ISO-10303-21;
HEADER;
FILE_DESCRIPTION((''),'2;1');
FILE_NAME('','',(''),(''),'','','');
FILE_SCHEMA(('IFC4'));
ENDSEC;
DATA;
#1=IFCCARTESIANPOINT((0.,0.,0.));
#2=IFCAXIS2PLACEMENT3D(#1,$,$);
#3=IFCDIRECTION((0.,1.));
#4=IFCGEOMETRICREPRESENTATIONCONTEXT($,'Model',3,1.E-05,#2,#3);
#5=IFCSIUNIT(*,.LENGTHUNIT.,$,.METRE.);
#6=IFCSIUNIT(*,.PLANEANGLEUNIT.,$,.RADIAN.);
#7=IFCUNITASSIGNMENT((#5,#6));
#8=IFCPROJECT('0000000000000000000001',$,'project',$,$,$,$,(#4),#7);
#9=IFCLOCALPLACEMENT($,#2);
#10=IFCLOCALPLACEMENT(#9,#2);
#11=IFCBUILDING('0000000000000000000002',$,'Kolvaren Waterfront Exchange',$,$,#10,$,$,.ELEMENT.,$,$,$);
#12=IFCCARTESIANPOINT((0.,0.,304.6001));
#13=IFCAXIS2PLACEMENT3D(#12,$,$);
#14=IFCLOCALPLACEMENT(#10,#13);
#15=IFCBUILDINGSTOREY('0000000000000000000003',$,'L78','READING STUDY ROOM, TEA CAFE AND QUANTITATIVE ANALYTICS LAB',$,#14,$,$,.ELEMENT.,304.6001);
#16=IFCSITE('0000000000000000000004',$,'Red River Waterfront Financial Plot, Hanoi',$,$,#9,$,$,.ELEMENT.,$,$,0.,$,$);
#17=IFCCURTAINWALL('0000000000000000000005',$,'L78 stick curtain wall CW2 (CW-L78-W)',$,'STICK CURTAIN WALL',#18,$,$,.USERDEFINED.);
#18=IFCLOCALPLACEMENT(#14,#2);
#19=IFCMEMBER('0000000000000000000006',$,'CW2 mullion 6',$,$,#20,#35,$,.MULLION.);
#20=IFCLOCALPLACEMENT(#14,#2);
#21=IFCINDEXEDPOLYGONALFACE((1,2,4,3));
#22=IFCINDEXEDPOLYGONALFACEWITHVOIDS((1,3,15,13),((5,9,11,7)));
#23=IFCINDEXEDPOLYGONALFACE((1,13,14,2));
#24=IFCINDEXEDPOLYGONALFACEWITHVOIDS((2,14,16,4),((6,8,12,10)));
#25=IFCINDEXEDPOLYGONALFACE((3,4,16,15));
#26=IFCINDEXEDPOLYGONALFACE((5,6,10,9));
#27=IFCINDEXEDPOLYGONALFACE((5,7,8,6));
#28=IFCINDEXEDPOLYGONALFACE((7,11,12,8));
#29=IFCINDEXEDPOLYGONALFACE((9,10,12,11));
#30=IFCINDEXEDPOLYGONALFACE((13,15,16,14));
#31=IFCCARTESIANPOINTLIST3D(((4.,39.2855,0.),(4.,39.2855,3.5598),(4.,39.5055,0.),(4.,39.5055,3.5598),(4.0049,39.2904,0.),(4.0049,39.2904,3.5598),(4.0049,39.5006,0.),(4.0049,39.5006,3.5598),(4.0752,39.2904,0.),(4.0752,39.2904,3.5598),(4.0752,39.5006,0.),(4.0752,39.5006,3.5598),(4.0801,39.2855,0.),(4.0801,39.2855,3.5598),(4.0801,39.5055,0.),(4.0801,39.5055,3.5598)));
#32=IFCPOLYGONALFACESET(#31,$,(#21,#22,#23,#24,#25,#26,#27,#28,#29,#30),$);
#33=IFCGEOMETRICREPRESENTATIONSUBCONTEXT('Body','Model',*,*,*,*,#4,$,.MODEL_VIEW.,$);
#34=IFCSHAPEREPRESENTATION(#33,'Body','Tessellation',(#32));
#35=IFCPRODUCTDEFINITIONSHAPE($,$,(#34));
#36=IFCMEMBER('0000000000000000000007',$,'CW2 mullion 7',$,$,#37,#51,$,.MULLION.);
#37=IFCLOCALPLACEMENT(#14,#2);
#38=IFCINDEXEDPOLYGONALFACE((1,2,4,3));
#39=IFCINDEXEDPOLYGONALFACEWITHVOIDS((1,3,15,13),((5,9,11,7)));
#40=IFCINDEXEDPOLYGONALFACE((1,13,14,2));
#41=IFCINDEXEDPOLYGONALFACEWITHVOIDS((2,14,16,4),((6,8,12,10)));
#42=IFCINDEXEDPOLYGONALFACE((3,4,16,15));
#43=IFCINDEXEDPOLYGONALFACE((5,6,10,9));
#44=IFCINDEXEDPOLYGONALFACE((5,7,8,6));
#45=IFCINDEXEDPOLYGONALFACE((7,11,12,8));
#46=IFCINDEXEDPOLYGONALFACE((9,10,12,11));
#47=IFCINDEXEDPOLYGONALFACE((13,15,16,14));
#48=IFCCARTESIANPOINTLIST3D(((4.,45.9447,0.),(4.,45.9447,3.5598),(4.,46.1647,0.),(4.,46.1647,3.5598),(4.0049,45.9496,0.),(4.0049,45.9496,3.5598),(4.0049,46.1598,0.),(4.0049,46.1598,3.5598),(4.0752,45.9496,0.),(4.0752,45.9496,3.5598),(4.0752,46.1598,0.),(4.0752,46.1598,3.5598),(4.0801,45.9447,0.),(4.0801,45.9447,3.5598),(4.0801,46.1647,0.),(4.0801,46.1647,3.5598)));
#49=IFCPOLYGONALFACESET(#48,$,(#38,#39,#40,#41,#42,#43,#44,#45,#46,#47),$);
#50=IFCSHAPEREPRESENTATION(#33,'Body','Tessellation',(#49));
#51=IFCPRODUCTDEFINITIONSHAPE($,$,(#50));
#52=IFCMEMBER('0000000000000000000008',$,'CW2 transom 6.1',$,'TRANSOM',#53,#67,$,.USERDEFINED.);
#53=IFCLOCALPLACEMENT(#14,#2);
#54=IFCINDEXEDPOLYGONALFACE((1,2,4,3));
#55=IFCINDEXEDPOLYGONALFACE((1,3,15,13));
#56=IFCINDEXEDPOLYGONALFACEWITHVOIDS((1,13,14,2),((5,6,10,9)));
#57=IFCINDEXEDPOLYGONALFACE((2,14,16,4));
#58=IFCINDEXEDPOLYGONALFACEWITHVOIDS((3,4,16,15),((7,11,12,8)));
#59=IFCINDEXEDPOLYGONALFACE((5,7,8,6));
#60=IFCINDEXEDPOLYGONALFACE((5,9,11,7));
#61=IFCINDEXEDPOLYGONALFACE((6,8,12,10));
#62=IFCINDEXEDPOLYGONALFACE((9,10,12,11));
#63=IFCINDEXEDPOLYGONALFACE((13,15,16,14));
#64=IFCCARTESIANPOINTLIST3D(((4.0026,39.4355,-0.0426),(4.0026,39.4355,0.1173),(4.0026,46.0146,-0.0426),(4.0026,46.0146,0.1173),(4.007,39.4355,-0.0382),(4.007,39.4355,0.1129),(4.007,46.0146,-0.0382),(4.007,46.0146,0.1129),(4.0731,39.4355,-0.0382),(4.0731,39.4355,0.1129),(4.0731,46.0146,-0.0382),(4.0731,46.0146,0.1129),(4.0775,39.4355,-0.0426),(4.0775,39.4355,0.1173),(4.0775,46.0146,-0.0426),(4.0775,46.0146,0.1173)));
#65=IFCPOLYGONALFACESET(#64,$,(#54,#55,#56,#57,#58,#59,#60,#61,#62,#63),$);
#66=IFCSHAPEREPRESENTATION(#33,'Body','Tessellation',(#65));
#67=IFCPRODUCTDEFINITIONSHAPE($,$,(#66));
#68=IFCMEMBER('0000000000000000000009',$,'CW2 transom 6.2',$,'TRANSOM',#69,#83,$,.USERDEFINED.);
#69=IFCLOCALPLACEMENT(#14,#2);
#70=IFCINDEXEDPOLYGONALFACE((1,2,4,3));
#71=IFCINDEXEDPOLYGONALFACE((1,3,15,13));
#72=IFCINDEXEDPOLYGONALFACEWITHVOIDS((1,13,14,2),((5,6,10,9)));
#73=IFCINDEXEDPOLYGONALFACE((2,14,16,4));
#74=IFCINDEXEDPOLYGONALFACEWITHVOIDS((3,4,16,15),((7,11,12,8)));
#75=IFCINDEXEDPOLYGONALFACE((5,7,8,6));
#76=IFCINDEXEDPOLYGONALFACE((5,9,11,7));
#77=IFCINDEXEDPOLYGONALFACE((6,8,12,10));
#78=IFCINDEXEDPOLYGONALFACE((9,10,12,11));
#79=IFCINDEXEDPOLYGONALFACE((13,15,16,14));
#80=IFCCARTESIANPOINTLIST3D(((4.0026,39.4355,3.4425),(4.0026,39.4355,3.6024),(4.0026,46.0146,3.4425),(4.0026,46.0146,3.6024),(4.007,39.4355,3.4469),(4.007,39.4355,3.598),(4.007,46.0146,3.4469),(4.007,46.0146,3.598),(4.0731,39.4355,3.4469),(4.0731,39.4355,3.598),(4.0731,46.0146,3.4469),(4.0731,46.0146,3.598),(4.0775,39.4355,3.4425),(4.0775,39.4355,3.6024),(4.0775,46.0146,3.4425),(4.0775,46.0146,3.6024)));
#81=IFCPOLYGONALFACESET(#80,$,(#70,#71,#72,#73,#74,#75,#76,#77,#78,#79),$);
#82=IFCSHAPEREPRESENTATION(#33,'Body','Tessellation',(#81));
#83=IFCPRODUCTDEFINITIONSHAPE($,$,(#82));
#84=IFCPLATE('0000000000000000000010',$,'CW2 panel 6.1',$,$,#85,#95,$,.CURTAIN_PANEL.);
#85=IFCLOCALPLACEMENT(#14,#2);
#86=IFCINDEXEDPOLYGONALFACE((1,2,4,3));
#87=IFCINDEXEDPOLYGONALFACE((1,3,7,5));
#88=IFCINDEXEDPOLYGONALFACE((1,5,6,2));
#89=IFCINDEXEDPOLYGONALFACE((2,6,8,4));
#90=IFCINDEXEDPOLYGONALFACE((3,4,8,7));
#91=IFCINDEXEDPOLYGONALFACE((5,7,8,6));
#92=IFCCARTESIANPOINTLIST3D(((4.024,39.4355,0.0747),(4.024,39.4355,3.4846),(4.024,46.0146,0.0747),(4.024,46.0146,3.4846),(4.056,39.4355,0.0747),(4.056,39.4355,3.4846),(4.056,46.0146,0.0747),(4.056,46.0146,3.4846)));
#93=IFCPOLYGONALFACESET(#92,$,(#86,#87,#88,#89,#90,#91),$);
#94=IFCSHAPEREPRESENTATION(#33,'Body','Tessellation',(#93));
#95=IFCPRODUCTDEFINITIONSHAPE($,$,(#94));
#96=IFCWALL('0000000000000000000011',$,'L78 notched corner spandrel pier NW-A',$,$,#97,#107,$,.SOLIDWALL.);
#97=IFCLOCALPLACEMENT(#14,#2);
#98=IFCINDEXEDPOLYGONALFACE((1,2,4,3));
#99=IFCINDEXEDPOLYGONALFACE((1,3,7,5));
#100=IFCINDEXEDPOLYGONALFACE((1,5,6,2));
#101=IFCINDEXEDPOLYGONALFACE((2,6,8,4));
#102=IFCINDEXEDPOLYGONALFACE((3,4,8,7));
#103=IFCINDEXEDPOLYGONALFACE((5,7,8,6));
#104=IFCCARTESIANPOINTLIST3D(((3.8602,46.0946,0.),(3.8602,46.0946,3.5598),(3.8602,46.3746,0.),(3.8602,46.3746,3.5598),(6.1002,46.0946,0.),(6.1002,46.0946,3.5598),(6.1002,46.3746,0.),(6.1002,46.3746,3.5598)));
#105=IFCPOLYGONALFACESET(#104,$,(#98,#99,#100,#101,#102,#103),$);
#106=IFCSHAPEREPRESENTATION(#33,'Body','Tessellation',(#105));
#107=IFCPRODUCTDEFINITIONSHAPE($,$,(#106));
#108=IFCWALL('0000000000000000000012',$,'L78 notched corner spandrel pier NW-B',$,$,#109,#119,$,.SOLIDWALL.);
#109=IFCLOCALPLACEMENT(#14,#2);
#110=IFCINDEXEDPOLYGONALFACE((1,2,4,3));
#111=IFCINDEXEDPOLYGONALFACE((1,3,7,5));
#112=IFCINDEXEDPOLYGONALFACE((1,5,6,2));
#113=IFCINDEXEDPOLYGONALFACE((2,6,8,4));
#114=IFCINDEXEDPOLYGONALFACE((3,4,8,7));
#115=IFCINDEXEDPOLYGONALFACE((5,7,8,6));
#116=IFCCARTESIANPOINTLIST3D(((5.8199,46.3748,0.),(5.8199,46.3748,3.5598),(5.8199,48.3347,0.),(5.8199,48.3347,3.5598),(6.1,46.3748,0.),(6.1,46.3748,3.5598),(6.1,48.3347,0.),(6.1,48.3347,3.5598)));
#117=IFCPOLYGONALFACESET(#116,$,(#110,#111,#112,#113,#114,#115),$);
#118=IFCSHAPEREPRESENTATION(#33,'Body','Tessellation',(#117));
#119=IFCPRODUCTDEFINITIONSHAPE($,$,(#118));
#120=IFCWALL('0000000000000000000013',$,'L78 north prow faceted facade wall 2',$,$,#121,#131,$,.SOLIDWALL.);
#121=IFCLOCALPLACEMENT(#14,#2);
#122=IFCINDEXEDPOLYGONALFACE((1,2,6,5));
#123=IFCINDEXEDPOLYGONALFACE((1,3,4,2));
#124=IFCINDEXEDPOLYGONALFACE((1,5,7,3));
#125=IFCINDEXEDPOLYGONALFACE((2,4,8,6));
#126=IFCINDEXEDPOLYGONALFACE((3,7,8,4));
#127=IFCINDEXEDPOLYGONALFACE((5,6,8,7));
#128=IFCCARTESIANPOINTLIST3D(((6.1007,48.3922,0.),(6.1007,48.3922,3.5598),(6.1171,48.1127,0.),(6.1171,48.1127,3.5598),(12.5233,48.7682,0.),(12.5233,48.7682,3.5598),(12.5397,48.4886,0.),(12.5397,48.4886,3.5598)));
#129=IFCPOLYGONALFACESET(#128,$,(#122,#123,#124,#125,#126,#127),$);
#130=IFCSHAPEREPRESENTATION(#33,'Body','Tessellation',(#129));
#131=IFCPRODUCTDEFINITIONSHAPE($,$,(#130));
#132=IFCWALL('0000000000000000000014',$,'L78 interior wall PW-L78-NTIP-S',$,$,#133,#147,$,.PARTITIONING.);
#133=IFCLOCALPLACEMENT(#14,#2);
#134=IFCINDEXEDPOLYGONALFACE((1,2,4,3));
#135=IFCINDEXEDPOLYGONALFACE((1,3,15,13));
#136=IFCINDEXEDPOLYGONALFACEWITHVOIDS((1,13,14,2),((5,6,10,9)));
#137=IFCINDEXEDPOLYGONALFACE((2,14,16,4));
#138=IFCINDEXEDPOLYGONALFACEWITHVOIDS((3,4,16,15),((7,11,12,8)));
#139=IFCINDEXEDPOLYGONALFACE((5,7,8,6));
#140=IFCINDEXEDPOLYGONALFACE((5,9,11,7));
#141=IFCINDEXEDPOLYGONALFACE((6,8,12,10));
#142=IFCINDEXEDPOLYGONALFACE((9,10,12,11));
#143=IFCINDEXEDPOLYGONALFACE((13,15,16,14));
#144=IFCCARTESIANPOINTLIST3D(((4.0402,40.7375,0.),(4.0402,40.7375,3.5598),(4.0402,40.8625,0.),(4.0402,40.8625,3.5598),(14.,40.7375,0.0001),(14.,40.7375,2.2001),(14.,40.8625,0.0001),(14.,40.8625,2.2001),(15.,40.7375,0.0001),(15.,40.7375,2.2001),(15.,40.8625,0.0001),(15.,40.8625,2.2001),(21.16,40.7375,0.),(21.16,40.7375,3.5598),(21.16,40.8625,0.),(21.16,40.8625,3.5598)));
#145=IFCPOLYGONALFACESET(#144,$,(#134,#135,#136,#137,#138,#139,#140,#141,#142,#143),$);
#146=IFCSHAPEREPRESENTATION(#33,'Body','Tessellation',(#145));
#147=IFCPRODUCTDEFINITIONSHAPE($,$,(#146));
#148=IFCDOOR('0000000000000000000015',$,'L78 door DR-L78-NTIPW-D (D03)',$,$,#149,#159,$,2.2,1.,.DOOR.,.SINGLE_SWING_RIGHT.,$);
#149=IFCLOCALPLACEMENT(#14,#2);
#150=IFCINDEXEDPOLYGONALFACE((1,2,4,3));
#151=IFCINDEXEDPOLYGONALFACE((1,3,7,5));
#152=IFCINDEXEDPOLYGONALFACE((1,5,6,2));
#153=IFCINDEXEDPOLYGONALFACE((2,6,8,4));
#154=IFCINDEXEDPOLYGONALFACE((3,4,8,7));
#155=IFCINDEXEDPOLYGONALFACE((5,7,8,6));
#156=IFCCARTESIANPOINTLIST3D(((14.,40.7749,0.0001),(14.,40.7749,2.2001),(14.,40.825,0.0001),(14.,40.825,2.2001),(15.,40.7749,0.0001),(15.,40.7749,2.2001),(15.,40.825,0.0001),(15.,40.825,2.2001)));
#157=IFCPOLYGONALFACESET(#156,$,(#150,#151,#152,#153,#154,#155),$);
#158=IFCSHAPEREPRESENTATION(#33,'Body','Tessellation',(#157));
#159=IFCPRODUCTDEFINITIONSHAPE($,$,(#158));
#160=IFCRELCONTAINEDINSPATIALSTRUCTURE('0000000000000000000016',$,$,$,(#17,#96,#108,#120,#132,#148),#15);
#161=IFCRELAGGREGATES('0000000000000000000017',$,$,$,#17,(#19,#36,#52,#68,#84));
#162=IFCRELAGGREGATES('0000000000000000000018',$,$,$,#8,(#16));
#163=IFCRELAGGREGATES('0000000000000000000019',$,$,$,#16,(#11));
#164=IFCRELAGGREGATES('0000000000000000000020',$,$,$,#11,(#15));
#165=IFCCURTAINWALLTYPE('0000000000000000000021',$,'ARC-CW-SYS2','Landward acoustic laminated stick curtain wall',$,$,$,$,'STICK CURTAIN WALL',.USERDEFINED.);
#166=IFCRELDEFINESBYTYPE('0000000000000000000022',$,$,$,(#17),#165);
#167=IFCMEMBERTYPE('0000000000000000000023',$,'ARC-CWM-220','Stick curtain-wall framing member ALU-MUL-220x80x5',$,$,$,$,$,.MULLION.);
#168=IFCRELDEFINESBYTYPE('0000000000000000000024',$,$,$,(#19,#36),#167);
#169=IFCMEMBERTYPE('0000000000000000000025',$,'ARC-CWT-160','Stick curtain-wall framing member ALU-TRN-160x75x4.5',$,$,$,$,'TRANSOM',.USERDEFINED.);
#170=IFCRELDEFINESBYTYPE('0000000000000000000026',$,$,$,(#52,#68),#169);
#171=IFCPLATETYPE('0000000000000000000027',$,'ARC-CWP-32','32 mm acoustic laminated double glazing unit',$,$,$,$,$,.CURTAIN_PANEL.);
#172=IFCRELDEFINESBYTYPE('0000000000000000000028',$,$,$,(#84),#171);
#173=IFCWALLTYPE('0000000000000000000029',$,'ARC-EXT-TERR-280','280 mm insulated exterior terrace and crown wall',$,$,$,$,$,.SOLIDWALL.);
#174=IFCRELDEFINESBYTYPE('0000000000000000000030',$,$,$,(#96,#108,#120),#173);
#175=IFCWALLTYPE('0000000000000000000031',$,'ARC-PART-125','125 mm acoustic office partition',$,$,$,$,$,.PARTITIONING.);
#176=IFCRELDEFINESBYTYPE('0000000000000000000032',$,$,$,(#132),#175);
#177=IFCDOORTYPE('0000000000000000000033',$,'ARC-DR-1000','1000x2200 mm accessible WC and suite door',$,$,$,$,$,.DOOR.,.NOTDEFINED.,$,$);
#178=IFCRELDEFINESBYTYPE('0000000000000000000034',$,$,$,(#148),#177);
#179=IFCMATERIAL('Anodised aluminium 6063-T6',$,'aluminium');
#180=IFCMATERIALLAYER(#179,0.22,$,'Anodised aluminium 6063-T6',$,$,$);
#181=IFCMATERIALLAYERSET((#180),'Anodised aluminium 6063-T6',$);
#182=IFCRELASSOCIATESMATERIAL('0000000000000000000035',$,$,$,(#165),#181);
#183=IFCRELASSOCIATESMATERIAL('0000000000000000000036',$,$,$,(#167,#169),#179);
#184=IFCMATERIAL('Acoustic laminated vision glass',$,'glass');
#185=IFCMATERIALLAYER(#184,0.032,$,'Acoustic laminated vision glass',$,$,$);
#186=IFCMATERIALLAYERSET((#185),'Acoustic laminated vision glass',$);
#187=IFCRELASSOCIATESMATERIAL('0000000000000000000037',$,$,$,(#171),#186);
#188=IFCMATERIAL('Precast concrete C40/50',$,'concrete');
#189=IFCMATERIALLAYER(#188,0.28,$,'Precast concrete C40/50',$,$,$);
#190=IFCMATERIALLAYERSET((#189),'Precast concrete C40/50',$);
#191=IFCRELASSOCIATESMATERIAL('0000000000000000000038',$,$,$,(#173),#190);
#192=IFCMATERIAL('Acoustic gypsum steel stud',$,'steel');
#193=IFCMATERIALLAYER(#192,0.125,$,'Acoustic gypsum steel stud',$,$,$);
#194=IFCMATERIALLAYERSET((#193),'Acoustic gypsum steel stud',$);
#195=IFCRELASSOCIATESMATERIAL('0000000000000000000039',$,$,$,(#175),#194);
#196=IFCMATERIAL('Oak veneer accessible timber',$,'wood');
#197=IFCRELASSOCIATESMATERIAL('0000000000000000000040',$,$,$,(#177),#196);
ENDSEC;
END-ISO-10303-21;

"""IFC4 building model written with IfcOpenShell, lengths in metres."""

from ifc_helpers import new_model, si_unit, direction, frame, frame_2d, origin, origin_with_axes, origin_2d, place, context, subcontext, project, spatial, rectangle, hollow_rectangle, extrude, source, transform, mapped, material, layer, layer_set, material_profile, profile_set, type_object, element, fill, aggregate, save


model = new_model("IFC4")

# Units and contexts
model_context = context("Model", 3, precision=1e-05, world=origin(), true_north=direction((0.0, 1.0)))
body_context = subcontext(model_context, "Body", "Model", "MODEL_VIEW")
ifc_project = project(units=[si_unit("LENGTHUNIT", "METRE"), si_unit("PLANEANGLEUNIT", "RADIAN")], contexts=[model_context])

# Site, building, storey
site_placement = place(None, origin())
site = spatial("IfcSite", under=ifc_project, at=site_placement, Name="Red River Waterfront Financial Plot, Hanoi", CompositionType="ELEMENT", RefElevation=0.0)
building_placement = place(site_placement, origin())
building = spatial("IfcBuilding", under=site, at=building_placement, Name="Kolvaren Waterfront Exchange", CompositionType="ELEMENT")
storey_placement = place(building_placement, frame((0.0, 0.0, 304.6001)))
storey = spatial("IfcBuildingStorey", under=building, at=storey_placement, Name="L78", Description="READING STUDY ROOM, TEA CAFE AND QUANTITATIVE ANALYTICS LAB", CompositionType="ELEMENT", Elevation=304.6001)

# Curtain wall, members, plate
ifc_material_1 = material(Name="Anodised aluminium 6063-T6", Category="aluminium")
ifc_layer_1 = layer(ifc_material_1, 0.22, Name="Anodised aluminium 6063-T6")
ifc_layer_set_1 = layer_set([ifc_layer_1], Name="Anodised aluminium 6063-T6")
curtain_wall_type = type_object("IfcCurtainWallType", Name="ARC-CW-SYS2", Description="Landward acoustic laminated stick curtain wall", ElementType="STICK CURTAIN WALL", PredefinedType="USERDEFINED", material=ifc_layer_set_1)
curtain_wall_placement = place(storey_placement, origin())
curtain_wall = element("IfcCurtainWall", 1, at=curtain_wall_placement, inside=storey, type_object=curtain_wall_type, Name="L78 stick curtain wall CW2 (CW-L78-W)", ObjectType="STICK CURTAIN WALL", PredefinedType="USERDEFINED")
ifc_material_profile_1 = material_profile(ifc_material_1, hollow_rectangle(XDim=0.0801, YDim=0.22, WallThickness=0.0049, at=origin_2d()), Name="ALU-MUL-220x80x5")
ifc_profile_set_1 = profile_set([ifc_material_profile_1], Name="Anodised aluminium 6063-T6")
member_type_1 = type_object("IfcMemberType", Name="ARC-CWM-220", Description="Stick curtain-wall framing member ALU-MUL-220x80x5", PredefinedType="MULLION", material=ifc_profile_set_1)
shared_shape_1 = source(origin_with_axes(), body_context, "Body", "SweptSolid", [
    extrude(hollow_rectangle(XDim=0.0801, YDim=0.22, WallThickness=0.0049, at=origin_2d()), origin(), (0.0, 0.0, 1.0), 3.5598),
])
member_1_placement = place(storey_placement, frame((4.04, 39.3955, 0.0), z_axis=(0.0, 0.0, 1.0), x_axis=(-1.0, 0.0, 0.0)))
member_1 = element("IfcMember", 2, at=member_1_placement, type_object=member_type_1, Name="CW2 mullion 6", PredefinedType="MULLION", context=body_context, shape_type="MappedRepresentation", body=[
    mapped(shared_shape_1, transform((0.0, 0.0, 0.0), x_axis=(1.0, 0.0, 0.0), y_axis=(0.0, 1.0, 0.0), z_axis=(0.0, 0.0, 1.0), scale=1.0)),
])
member_2_placement = place(storey_placement, frame((4.04, 46.0547, 0.0), z_axis=(0.0, 0.0, 1.0), x_axis=(-1.0, 0.0, 0.0)))
member_2 = element("IfcMember", 3, at=member_2_placement, type_object=member_type_1, Name="CW2 mullion 7", PredefinedType="MULLION", context=body_context, shape_type="MappedRepresentation", body=[
    mapped(shared_shape_1, transform((0.0, 0.0, 0.0), x_axis=(1.0, 0.0, 0.0), y_axis=(0.0, 1.0, 0.0), z_axis=(0.0, 0.0, 1.0), scale=1.0)),
])
ifc_material_profile_2 = material_profile(ifc_material_1, hollow_rectangle(XDim=0.075, YDim=0.1599, WallThickness=0.0044, at=origin_2d()), Name="ALU-TRN-160x75x4.5")
ifc_profile_set_2 = profile_set([ifc_material_profile_2], Name="Anodised aluminium 6063-T6")
member_type_2 = type_object("IfcMemberType", Name="ARC-CWT-160", Description="Stick curtain-wall framing member ALU-TRN-160x75x4.5", ElementType="TRANSOM", PredefinedType="USERDEFINED", material=ifc_profile_set_2)
shared_shape_2 = source(origin_with_axes(), body_context, "Body", "SweptSolid", [
    extrude(hollow_rectangle(XDim=0.075, YDim=0.1599, WallThickness=0.0044, at=origin_2d()), origin(), (0.0, 0.0, 1.0), 6.5791),
])
member_3_placement = place(storey_placement, frame((4.04, 39.4355, 0.0374), z_axis=(0.0, 1.0, 0.0), x_axis=(-1.0, 0.0, 0.0)))
member_3 = element("IfcMember", 4, at=member_3_placement, type_object=member_type_2, Name="CW2 transom 6.1", ObjectType="TRANSOM", PredefinedType="USERDEFINED", context=body_context, shape_type="MappedRepresentation", body=[
    mapped(shared_shape_2, transform((0.0, 0.0, 0.0), x_axis=(1.0, 0.0, 0.0), y_axis=(0.0, 1.0, 0.0), z_axis=(0.0, 0.0, 1.0), scale=1.0)),
])
member_4_placement = place(storey_placement, frame((4.04, 39.4355, 3.5225), z_axis=(0.0, 1.0, 0.0), x_axis=(-1.0, 0.0, 0.0)))
member_4 = element("IfcMember", 5, at=member_4_placement, type_object=member_type_2, Name="CW2 transom 6.2", ObjectType="TRANSOM", PredefinedType="USERDEFINED", context=body_context, shape_type="MappedRepresentation", body=[
    mapped(shared_shape_2, transform((0.0, 0.0, 0.0), x_axis=(1.0, 0.0, 0.0), y_axis=(0.0, 1.0, 0.0), z_axis=(0.0, 0.0, 1.0), scale=1.0)),
])
ifc_material_2 = material(Name="Acoustic laminated vision glass", Category="glass")
ifc_layer_2 = layer(ifc_material_2, 0.032, Name="Acoustic laminated vision glass")
ifc_layer_set_2 = layer_set([ifc_layer_2], Name="Acoustic laminated vision glass")
plate_type = type_object("IfcPlateType", Name="ARC-CWP-32", Description="32 mm acoustic laminated double glazing unit", PredefinedType="CURTAIN_PANEL", material=ifc_layer_set_2)
shared_shape_3 = source(origin_with_axes(), body_context, "Body", "SweptSolid", [
    extrude(rectangle(XDim=6.5791, YDim=0.032, at=origin_2d()), origin(), (0.0, 0.0, 1.0), 3.4099),
])
plate_placement = place(storey_placement, frame((4.04, 42.7251, 0.0747), z_axis=(0.0, 0.0, 1.0), x_axis=(0.0, 1.0, 0.0)))
plate = element("IfcPlate", 6, at=plate_placement, type_object=plate_type, Name="CW2 panel 6.1", PredefinedType="CURTAIN_PANEL", context=body_context, shape_type="MappedRepresentation", body=[
    mapped(shared_shape_3, transform((0.0, 0.0, 0.0), x_axis=(1.0, 0.0, 0.0), y_axis=(0.0, 1.0, 0.0), z_axis=(0.0, 0.0, 1.0), scale=1.0)),
])
aggregate(curtain_wall, [member_1, member_2, member_3, member_4, plate])

# Walls
ifc_material_3 = material(Name="Precast concrete C40/50", Category="concrete")
ifc_layer_3 = layer(ifc_material_3, 0.28, Name="Precast concrete C40/50")
ifc_layer_set_3 = layer_set([ifc_layer_3], Name="Precast concrete C40/50")
wall_type_1 = type_object("IfcWallType", Name="ARC-EXT-TERR-280", Description="280 mm insulated exterior terrace and crown wall", PredefinedType="SOLIDWALL", material=ifc_layer_set_3)
wall_1_placement = place(storey_placement, frame((3.8601, 46.2346, 0.0), z_axis=(0.0, 0.0, 1.0), x_axis=(1.0, 0.0, 0.0)))
element("IfcWall", 7, at=wall_1_placement, inside=storey, type_object=wall_type_1, Name="L78 notched corner spandrel pier NW-A", PredefinedType="SOLIDWALL", context=body_context, shape_type="SweptSolid", body=[
    extrude(rectangle(XDim=2.24, YDim=0.28, at=frame_2d((1.1201, 0.0))), origin(), (0.0, 0.0, 1.0), 3.5598),
])
wall_2_placement = place(storey_placement, frame((5.96, 46.3748, 0.0), z_axis=(0.0, 0.0, 1.0), x_axis=(0.0, 1.0, 0.0)))
element("IfcWall", 8, at=wall_2_placement, inside=storey, type_object=wall_type_1, Name="L78 notched corner spandrel pier NW-B", PredefinedType="SOLIDWALL", context=body_context, shape_type="SweptSolid", body=[
    extrude(rectangle(XDim=1.96, YDim=0.28, at=frame_2d((0.98, 0.0))), origin(), (0.0, 0.0, 1.0), 3.5598),
])
wall_3_placement = place(storey_placement, frame((12.5315, 48.6284, 0.0), z_axis=(0.0, 0.0, 1.0), x_axis=(-0.998291, -0.05844, 0.0)))
element("IfcWall", 9, at=wall_3_placement, inside=storey, type_object=wall_type_1, Name="L78 north prow faceted facade wall 2", PredefinedType="SOLIDWALL", context=body_context, shape_type="SweptSolid", body=[
    extrude(rectangle(XDim=6.4336, YDim=0.28, at=frame_2d((3.2168, 0.0))), origin(), (0.0, 0.0, 1.0), 3.5598),
])

# Wall, opening, door
ifc_material_4 = material(Name="Acoustic gypsum steel stud", Category="steel")
ifc_layer_4 = layer(ifc_material_4, 0.125, Name="Acoustic gypsum steel stud")
ifc_layer_set_4 = layer_set([ifc_layer_4], Name="Acoustic gypsum steel stud")
wall_type_2 = type_object("IfcWallType", Name="ARC-PART-125", Description="125 mm acoustic office partition", PredefinedType="PARTITIONING", material=ifc_layer_set_4)
wall_4_placement = place(storey_placement, frame((4.04, 40.8, 0.0), z_axis=(0.0, 0.0, 1.0), x_axis=(1.0, 0.0, 0.0)))
wall_4 = element("IfcWall", 10, at=wall_4_placement, inside=storey, type_object=wall_type_2, Name="L78 interior wall PW-L78-NTIP-S", PredefinedType="PARTITIONING", context=body_context, shape_type="SweptSolid", body=[
    extrude(rectangle(XDim=17.1199, YDim=0.125, at=frame_2d((8.5601, 0.0))), origin(), (0.0, 0.0, 1.0), 3.5598),
])
opening_1_placement = place(wall_4_placement, frame((9.96, 0.0, 0.0)))
opening_1 = element("IfcOpeningElement", 11, at=opening_1_placement, cuts=wall_4, PredefinedType="OPENING", context=body_context, shape_type="SweptSolid", body=[
    extrude(rectangle(XDim=1.0, YDim=2.2, at=frame_2d((0.5, 1.1001))), frame((0.0, 0.0725, 0.0), z_axis=(0.0, -1.0, 0.0), x_axis=(1.0, 0.0, 0.0)), (0.0, 0.0, 1.0), 0.145),
])
ifc_material_5 = material(Name="Oak veneer accessible timber", Category="wood")
door_type_1 = type_object("IfcDoorType", Name="ARC-DR-1000", Description="1000x2200 mm accessible WC and suite door", OperationType="NOTDEFINED", PredefinedType="DOOR", material=ifc_material_5)
door_1_placement = place(opening_1_placement, origin())
door_1 = element("IfcDoor", 12, at=door_1_placement, inside=storey, type_object=door_type_1, Name="L78 door DR-L78-NTIPW-D (D03)", OperationType="SINGLE_SWING_RIGHT", OverallHeight=2.2, OverallWidth=1.0, PredefinedType="DOOR", context=body_context, shape_type="SweptSolid", body=[
    extrude(rectangle(XDim=1.0, YDim=2.2, at=frame_2d((0.5, 1.1001))), frame((0.0, 0.0249, 0.0), z_axis=(0.0, -1.0, 0.0), x_axis=(1.0, 0.0, 0.0)), (0.0, 0.0, 1.0), 0.05),
])
fill(opening_1, door_1)

save(model, "model.ifc")
